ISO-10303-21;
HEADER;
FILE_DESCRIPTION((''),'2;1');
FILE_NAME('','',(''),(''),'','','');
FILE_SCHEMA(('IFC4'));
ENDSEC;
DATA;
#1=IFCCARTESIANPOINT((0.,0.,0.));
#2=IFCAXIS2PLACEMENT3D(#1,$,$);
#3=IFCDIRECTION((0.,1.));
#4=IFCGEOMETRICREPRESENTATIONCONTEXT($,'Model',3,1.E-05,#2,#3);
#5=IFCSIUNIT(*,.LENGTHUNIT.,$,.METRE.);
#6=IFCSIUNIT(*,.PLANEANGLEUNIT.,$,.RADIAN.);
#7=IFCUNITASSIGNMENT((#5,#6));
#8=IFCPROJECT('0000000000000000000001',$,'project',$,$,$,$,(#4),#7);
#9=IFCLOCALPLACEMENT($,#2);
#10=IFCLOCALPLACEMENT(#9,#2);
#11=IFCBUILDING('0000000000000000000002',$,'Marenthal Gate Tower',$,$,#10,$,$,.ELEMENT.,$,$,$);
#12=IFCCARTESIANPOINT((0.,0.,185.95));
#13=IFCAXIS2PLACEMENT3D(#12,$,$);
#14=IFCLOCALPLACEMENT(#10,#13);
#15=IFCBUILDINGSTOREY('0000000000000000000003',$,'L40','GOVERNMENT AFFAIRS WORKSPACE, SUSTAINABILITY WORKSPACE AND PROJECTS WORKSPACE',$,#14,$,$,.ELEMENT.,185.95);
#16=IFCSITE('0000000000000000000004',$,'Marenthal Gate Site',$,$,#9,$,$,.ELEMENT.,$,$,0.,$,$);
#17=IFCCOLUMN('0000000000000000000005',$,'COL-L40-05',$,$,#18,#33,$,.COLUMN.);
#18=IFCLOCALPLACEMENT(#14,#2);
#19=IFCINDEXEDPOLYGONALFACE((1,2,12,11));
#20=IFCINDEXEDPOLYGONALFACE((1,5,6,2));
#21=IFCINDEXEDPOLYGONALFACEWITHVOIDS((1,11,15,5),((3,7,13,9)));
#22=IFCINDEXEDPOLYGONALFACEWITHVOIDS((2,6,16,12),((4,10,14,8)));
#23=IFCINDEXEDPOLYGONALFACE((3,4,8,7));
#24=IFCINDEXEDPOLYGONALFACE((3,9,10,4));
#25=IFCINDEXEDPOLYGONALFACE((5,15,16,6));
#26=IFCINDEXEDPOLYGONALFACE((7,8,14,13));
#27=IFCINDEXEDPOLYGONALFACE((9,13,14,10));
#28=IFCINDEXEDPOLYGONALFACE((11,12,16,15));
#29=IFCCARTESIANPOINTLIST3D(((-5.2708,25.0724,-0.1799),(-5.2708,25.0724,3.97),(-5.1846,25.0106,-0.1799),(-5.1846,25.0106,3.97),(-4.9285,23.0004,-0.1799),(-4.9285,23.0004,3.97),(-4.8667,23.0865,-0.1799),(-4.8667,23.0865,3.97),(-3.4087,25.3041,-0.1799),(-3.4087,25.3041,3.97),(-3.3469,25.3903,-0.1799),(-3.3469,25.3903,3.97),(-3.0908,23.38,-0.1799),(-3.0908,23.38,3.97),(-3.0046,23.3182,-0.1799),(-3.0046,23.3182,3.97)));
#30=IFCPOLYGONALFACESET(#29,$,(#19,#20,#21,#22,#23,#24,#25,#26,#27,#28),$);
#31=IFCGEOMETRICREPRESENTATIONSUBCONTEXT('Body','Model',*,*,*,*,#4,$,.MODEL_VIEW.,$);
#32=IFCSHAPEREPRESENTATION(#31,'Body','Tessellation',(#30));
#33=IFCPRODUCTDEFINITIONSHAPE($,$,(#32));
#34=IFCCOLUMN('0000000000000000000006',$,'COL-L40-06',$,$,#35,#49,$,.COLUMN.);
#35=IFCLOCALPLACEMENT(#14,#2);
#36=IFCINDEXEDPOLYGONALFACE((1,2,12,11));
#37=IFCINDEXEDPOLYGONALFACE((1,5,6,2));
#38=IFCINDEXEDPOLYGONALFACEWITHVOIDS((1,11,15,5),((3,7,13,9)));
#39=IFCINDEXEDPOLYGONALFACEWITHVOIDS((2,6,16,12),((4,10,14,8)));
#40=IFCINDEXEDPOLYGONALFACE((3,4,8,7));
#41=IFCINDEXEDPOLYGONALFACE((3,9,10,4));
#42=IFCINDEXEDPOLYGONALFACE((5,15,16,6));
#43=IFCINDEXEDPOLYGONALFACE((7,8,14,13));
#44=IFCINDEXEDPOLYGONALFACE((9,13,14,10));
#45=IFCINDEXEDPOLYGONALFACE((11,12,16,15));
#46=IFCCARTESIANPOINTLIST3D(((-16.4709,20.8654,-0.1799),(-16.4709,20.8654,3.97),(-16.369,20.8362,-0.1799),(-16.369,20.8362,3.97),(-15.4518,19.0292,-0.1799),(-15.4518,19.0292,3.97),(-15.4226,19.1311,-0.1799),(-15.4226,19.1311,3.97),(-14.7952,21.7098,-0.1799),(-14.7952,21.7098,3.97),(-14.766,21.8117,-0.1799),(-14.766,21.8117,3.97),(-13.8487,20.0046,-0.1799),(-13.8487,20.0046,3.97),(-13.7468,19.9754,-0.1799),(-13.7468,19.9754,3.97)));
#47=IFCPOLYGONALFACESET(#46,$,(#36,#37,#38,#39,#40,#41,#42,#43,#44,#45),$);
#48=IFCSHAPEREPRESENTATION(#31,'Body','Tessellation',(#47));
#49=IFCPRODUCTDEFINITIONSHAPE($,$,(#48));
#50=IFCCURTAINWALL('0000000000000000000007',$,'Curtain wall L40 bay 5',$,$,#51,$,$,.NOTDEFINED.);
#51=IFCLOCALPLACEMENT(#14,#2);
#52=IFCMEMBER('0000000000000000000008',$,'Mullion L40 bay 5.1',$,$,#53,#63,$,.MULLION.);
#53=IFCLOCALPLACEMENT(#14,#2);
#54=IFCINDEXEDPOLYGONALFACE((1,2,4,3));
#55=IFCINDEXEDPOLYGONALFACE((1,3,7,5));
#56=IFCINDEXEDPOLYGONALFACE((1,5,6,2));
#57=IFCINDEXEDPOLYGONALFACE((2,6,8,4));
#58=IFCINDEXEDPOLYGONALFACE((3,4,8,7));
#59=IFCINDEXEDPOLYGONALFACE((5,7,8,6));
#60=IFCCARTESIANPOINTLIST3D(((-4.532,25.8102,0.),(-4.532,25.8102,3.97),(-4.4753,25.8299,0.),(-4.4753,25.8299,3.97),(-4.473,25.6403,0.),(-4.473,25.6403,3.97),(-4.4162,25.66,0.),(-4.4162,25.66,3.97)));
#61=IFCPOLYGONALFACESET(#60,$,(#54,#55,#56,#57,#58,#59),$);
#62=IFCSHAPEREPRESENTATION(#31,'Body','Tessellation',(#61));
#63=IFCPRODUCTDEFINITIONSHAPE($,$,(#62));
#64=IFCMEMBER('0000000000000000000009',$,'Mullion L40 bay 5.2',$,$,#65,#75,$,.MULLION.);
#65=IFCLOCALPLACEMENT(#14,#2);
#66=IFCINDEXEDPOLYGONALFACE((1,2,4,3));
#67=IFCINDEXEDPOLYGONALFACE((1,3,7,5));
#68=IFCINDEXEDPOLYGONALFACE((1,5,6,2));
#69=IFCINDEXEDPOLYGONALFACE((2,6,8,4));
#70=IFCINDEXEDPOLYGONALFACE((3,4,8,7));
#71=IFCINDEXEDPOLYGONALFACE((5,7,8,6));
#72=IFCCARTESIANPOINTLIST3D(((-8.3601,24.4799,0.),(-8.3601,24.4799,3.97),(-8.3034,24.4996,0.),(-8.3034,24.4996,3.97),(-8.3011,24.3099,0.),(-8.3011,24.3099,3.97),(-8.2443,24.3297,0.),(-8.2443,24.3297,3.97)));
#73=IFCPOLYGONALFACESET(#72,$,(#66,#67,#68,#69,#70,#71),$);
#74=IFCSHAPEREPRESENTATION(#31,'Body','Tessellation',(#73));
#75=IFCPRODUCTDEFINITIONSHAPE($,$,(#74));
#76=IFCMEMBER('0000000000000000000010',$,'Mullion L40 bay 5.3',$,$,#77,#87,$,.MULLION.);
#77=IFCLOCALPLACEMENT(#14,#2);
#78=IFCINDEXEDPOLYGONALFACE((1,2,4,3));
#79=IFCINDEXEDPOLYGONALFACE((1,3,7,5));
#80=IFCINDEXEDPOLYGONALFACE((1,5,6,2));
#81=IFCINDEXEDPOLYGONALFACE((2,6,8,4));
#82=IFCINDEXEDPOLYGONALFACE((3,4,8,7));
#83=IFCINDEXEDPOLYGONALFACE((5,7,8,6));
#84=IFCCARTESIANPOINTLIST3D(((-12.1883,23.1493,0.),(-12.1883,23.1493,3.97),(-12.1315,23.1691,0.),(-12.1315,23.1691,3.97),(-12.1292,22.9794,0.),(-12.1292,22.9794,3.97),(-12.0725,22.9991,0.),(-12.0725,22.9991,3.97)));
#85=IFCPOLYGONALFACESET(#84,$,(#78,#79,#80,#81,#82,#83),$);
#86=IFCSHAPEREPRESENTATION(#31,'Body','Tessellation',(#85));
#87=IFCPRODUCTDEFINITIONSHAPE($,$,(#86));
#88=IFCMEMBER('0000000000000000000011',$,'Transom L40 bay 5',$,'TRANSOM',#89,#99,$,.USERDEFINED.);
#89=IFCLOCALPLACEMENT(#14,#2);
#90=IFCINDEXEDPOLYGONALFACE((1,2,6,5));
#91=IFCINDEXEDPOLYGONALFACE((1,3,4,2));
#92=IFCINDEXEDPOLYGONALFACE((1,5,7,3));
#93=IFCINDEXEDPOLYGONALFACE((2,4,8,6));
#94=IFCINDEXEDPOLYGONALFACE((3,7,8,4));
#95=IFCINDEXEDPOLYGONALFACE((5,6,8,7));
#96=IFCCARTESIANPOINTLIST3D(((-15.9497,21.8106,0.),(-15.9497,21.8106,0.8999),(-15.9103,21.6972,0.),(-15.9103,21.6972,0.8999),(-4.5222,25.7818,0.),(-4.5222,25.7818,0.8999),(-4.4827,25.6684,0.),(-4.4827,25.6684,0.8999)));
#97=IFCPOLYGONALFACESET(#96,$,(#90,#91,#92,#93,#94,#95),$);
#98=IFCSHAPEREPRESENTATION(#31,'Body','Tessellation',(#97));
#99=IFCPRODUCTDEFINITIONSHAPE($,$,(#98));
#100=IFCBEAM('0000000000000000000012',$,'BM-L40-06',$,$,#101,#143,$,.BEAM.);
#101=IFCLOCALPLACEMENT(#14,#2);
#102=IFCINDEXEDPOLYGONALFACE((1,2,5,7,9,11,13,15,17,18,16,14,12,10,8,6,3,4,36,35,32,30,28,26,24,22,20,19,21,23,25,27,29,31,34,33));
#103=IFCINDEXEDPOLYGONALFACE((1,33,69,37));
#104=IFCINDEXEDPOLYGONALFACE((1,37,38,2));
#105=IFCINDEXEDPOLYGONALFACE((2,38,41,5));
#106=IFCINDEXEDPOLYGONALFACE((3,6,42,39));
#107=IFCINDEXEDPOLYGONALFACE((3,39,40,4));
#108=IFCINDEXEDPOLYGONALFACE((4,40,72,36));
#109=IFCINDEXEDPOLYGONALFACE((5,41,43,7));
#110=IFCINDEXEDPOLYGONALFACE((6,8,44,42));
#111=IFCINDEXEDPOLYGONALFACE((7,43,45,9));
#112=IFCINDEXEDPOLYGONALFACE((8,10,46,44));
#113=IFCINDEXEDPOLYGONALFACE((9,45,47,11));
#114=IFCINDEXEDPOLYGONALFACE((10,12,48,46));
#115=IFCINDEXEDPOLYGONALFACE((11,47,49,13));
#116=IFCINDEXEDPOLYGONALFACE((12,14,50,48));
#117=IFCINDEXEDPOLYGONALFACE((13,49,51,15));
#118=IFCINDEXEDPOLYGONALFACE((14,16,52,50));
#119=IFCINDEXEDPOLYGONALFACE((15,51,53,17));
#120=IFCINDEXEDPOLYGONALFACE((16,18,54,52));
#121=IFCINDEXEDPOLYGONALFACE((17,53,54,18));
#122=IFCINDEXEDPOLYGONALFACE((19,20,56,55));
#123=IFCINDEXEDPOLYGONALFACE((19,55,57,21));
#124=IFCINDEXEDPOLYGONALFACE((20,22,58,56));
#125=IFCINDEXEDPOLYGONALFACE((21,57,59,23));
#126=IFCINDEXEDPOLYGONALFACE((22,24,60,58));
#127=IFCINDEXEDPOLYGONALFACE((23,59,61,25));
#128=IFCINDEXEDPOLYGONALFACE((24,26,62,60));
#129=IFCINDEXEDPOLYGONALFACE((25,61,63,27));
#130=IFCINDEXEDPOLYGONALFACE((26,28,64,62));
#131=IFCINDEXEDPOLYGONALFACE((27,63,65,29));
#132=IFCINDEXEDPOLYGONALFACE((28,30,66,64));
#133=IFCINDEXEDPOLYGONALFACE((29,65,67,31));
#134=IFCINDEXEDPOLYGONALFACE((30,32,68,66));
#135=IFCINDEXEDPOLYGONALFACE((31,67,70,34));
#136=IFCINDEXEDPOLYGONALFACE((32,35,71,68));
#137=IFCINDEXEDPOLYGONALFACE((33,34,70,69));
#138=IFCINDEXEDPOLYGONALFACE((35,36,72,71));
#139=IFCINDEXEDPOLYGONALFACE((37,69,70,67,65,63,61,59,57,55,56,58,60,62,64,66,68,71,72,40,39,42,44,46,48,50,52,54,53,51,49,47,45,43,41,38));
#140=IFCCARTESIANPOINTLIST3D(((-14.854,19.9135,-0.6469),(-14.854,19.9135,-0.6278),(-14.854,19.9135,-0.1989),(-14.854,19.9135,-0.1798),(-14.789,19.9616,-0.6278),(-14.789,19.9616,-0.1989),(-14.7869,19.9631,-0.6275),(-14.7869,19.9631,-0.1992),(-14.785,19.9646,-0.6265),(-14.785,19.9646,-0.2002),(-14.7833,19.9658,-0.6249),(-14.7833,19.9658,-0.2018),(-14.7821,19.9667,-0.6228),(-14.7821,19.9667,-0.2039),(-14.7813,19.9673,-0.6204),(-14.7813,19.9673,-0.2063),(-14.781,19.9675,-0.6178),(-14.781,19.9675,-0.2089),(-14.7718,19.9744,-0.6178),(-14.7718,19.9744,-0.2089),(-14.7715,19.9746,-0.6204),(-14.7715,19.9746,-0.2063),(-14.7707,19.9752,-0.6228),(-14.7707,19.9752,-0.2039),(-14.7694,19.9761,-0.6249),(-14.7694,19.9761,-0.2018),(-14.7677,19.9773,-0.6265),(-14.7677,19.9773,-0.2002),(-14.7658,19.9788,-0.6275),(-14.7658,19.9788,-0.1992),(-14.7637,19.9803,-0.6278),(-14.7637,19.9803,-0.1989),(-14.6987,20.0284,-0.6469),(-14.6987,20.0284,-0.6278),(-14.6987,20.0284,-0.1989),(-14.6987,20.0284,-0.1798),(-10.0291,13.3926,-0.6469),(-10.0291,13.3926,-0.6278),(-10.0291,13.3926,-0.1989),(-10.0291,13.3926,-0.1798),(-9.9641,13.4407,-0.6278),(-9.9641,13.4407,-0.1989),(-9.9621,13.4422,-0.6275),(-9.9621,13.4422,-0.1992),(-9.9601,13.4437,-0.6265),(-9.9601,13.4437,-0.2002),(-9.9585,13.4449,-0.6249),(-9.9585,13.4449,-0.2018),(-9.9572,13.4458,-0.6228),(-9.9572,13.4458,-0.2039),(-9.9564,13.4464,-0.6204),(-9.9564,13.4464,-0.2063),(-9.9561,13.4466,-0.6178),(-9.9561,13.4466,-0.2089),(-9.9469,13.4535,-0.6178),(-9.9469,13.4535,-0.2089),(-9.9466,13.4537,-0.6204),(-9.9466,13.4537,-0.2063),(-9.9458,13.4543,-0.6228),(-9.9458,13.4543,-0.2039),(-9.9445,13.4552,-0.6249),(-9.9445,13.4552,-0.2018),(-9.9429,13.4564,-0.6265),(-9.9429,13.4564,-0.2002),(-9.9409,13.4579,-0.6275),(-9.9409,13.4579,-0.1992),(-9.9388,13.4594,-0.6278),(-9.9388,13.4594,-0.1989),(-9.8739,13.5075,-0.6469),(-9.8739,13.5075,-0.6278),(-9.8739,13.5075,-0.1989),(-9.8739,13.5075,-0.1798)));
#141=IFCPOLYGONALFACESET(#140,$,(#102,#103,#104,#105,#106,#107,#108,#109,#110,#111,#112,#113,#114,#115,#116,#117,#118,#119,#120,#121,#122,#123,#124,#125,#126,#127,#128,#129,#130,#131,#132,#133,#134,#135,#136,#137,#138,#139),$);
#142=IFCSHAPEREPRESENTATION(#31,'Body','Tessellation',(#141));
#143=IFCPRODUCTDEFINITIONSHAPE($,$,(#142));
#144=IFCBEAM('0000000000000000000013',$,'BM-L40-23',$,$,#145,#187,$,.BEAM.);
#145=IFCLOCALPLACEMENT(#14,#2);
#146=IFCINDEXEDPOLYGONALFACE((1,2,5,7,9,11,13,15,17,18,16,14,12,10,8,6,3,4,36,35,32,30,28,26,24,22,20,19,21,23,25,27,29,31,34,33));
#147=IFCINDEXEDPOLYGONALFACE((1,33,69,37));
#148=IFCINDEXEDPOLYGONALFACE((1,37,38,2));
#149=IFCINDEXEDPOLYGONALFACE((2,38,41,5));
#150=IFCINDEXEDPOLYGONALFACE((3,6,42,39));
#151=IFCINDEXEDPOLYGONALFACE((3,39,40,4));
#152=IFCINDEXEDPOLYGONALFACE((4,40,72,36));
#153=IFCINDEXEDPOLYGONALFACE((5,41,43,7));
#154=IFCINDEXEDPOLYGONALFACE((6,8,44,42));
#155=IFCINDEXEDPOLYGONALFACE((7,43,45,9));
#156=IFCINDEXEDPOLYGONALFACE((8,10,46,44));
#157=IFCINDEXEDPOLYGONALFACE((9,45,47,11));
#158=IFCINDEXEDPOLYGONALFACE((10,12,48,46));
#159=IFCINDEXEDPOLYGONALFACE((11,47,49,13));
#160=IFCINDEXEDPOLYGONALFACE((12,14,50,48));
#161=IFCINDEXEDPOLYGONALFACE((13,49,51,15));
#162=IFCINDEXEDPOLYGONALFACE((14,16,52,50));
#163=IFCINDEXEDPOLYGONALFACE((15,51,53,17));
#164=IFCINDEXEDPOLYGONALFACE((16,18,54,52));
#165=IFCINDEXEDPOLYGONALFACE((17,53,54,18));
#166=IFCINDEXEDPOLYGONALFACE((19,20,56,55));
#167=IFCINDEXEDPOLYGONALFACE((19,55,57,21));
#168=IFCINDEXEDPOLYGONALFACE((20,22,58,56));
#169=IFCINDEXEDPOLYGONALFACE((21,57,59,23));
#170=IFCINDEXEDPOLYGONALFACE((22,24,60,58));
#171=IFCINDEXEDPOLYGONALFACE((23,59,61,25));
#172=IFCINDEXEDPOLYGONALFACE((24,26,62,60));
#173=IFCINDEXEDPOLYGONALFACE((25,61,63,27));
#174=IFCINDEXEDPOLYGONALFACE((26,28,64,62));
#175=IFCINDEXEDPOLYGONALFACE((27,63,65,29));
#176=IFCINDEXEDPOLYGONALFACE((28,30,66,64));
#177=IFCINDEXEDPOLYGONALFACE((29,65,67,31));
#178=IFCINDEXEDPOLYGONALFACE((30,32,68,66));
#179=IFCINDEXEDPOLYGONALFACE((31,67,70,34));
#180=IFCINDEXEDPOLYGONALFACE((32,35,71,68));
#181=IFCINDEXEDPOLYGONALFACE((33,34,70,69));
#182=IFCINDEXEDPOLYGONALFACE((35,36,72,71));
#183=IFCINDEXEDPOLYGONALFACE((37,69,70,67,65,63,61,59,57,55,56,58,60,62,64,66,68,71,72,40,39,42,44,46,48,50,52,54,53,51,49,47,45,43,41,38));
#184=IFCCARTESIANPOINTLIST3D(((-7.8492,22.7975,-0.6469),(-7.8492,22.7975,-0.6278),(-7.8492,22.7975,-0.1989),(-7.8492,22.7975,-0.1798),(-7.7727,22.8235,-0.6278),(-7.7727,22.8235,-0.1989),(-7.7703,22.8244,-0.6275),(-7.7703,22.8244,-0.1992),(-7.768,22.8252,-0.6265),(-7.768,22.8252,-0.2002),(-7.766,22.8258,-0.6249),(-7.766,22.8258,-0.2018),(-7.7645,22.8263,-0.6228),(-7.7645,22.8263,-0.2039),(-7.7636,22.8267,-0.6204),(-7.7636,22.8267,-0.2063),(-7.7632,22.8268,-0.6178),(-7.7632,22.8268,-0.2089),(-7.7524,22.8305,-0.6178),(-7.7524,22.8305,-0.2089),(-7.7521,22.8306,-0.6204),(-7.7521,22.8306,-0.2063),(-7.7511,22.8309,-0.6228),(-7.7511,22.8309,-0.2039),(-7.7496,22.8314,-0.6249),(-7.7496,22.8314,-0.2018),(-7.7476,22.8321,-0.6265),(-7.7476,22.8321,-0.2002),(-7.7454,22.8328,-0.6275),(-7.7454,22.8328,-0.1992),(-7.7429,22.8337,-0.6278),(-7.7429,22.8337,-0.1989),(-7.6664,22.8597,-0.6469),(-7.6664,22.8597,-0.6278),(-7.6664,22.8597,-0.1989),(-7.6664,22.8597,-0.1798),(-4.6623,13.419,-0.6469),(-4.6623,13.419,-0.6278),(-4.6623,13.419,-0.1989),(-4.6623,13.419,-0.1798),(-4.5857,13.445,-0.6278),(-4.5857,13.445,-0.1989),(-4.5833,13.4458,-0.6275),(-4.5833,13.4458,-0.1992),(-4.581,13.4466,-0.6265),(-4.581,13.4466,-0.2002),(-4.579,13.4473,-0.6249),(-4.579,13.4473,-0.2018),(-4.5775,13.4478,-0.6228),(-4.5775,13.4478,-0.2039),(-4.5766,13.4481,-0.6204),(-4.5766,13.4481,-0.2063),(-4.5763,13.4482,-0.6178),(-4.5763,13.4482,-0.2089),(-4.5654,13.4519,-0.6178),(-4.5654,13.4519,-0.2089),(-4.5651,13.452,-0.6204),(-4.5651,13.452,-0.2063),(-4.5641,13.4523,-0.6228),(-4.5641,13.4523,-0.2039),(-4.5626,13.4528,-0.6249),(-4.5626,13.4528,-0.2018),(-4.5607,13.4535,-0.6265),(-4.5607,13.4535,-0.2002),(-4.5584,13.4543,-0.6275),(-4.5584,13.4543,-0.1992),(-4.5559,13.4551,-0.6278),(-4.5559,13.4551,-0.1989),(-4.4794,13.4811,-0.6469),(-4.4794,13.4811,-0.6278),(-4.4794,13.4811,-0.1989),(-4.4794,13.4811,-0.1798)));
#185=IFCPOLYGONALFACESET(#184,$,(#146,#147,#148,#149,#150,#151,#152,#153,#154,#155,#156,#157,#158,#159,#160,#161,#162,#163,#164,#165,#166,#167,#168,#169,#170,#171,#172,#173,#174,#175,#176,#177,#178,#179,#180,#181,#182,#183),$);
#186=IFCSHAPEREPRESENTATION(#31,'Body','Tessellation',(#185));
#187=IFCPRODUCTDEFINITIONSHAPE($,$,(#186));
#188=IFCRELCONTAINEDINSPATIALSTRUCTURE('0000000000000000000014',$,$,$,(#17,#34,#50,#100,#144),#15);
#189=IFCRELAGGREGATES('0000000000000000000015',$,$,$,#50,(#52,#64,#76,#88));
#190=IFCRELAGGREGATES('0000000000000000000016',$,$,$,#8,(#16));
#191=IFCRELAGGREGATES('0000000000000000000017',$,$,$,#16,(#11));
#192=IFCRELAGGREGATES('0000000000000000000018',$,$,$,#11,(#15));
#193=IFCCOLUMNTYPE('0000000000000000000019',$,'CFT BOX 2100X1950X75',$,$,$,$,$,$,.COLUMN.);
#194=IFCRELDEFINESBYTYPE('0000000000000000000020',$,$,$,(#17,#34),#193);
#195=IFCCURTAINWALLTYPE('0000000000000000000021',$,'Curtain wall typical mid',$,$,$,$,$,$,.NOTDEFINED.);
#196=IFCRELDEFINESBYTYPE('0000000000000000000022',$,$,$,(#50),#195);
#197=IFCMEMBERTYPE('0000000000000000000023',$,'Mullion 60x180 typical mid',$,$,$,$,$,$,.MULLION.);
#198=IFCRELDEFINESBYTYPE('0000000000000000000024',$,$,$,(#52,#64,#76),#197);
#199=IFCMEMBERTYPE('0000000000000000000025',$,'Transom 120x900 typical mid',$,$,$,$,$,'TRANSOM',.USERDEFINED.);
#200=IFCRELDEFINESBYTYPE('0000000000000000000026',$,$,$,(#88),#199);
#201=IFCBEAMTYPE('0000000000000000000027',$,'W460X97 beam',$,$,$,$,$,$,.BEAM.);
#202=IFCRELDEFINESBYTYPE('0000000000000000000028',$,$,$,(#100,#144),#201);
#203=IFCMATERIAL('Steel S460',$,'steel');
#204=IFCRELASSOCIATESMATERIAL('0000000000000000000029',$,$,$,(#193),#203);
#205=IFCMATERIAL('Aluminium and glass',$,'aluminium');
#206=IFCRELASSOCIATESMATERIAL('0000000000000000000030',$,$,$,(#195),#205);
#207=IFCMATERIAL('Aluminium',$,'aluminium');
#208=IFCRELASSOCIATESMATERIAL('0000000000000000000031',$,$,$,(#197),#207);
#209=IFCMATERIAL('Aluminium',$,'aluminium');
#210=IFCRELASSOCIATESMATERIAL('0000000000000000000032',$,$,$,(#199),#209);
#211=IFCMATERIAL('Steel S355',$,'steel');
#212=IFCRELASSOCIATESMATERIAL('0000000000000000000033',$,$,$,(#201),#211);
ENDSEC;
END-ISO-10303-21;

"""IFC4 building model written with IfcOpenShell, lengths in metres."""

from ifc_helpers import new_model, si_unit, direction, frame, origin, origin_2d, place, context, subcontext, project, spatial, rectangle, hollow_rectangle, i_section, extrude, material, material_profile, profile_set, type_object, element, aggregate, save


model = new_model("IFC4")

# Units and contexts
model_context = context("Model", 3, precision=1e-05, world=origin(), true_north=direction((0.0, 1.0)))
body_context = subcontext(model_context, "Body", "Model", "MODEL_VIEW")
ifc_project = project(units=[si_unit("LENGTHUNIT", "METRE"), si_unit("PLANEANGLEUNIT", "RADIAN")], contexts=[model_context])

# Site, building, storey
site_placement = place(None, origin())
site = spatial("IfcSite", under=ifc_project, at=site_placement, Name="Marenthal Gate Site", CompositionType="ELEMENT", RefElevation=0.0)
building_placement = place(site_placement, origin())
building = spatial("IfcBuilding", under=site, at=building_placement, Name="Marenthal Gate Tower", CompositionType="ELEMENT")
storey_placement = place(building_placement, frame((0.0, 0.0, 185.95)))
storey = spatial("IfcBuildingStorey", under=building, at=storey_placement, Name="L40", Description="GOVERNMENT AFFAIRS WORKSPACE, SUSTAINABILITY WORKSPACE AND PROJECTS WORKSPACE", CompositionType="ELEMENT", Elevation=185.95)

# Columns
ifc_material_1 = material(Name="Steel S460", Category="steel")
ifc_material_profile_1 = material_profile(ifc_material_1, hollow_rectangle(XDim=1.95, YDim=2.1001, WallThickness=0.075, at=origin_2d()), Name="CFT BOX 2100X1950X75")
ifc_material_2 = material(Name="Concrete 70 MPa", Category="concrete")
ifc_material_profile_2 = material_profile(ifc_material_2, rectangle(XDim=1.8, YDim=1.95, at=origin_2d()), Name="CFT BOX 2100X1950X75 INFILL")
ifc_profile_set_1 = profile_set([ifc_material_profile_1, ifc_material_profile_2], Name="Steel S460 shell, Concrete 70 MPa infill")
column_type = type_object("IfcColumnType", Name="CFT BOX 2100X1950X75", PredefinedType="COLUMN", material=ifc_profile_set_1)
for number, where, z_axis, x_axis, name in (
    (1, (-4.1377, 24.1953, -0.1799), (0.0, 0.0, 1.0), (0.986623, 0.163018, 0.0), "COL-L40-05"),
    (2, (-15.1089, 20.4204, -0.1799), (0.0, 0.0, 1.0), (0.874354, 0.485289, 0.0), "COL-L40-06"),
):
    element("IfcColumn", number, at=place(storey_placement, frame(where, z_axis=z_axis, x_axis=x_axis)), inside=storey, type_object=column_type, Name=name, PredefinedType="COLUMN", context=body_context, shape_type="SweptSolid", body=[
        extrude(hollow_rectangle(XDim=1.95, YDim=2.1001, WallThickness=0.075, at=origin_2d()), origin(), (0.0, 0.0, 1.0), 4.1499),
    ])

# Curtain wall, members
ifc_material_3 = material(Name="Aluminium and glass", Category="aluminium")
curtain_wall_type = type_object("IfcCurtainWallType", Name="Curtain wall typical mid", PredefinedType="NOTDEFINED", material=ifc_material_3)
curtain_wall_placement = place(storey_placement, origin())
curtain_wall = element("IfcCurtainWall", 3, at=curtain_wall_placement, inside=storey, type_object=curtain_wall_type, Name="Curtain wall L40 bay 5", PredefinedType="NOTDEFINED")
ifc_material_4 = material(Name="Aluminium", Category="aluminium")
ifc_material_profile_3 = material_profile(ifc_material_4, rectangle(XDim=0.1799, YDim=0.0601, at=origin_2d()), Name="60x180 aluminium mullion")
ifc_profile_set_2 = profile_set([ifc_material_profile_3], Name="Aluminium")
member_type_1 = type_object("IfcMemberType", Name="Mullion 60x180 typical mid", PredefinedType="MULLION", material=ifc_profile_set_2)
member_1_placement = place(storey_placement, frame((-4.4741, 25.7351, 0.0), z_axis=(0.0, 0.0, 1.0), x_axis=(0.328273, -0.944583, 0.0)))
member_1 = element("IfcMember", 4, at=member_1_placement, type_object=member_type_1, Name="Mullion L40 bay 5.1", PredefinedType="MULLION", context=body_context, shape_type="SweptSolid", body=[
    extrude(rectangle(XDim=0.1799, YDim=0.0601, at=origin_2d()), origin(), (0.0, 0.0, 1.0), 3.97),
])
member_2_placement = place(storey_placement, frame((-8.3022, 24.4048, 0.0), z_axis=(0.0, 0.0, 1.0), x_axis=(0.328273, -0.944583, 0.0)))
member_2 = element("IfcMember", 5, at=member_2_placement, type_object=member_type_1, Name="Mullion L40 bay 5.2", PredefinedType="MULLION", context=body_context, shape_type="SweptSolid", body=[
    extrude(rectangle(XDim=0.1799, YDim=0.0601, at=origin_2d()), origin(), (0.0, 0.0, 1.0), 3.97),
])
member_3_placement = place(storey_placement, frame((-12.1304, 23.0742, 0.0), z_axis=(0.0, 0.0, 1.0), x_axis=(0.328273, -0.944583, 0.0)))
member_3 = element("IfcMember", 6, at=member_3_placement, type_object=member_type_1, Name="Mullion L40 bay 5.3", PredefinedType="MULLION", context=body_context, shape_type="SweptSolid", body=[
    extrude(rectangle(XDim=0.1799, YDim=0.0601, at=origin_2d()), origin(), (0.0, 0.0, 1.0), 3.97),
])
ifc_material_5 = material(Name="Aluminium", Category="aluminium")
ifc_material_profile_4 = material_profile(ifc_material_5, rectangle(XDim=0.1201, YDim=0.8999, at=origin_2d()), Name="120x900 aluminium transom")
ifc_profile_set_3 = profile_set([ifc_material_profile_4], Name="Aluminium")
member_type_2 = type_object("IfcMemberType", Name="Transom 120x900 typical mid", ElementType="TRANSOM", PredefinedType="USERDEFINED", material=ifc_profile_set_3)
member_4_placement = place(storey_placement, frame((-4.5024, 25.7251, 0.45), z_axis=(-0.944589, -0.328256, 0.0), x_axis=(0.328256, -0.944589, 0.0)))
member_4 = element("IfcMember", 7, at=member_4_placement, type_object=member_type_2, Name="Transom L40 bay 5", ObjectType="TRANSOM", PredefinedType="USERDEFINED", context=body_context, shape_type="SweptSolid", body=[
    extrude(rectangle(XDim=0.1201, YDim=0.8999, at=origin_2d()), origin(), (0.0, 0.0, 1.0), 12.0979),
])

# Beams
ifc_material_6 = material(Name="Steel S355", Category="steel")
ifc_material_profile_5 = material_profile(ifc_material_6, i_section(OverallWidth=0.1931, OverallDepth=0.467, WebThickness=0.0115, FlangeThickness=0.019, FilletRadius=0.01, at=origin_2d()), Name="W460X97")
ifc_profile_set_4 = profile_set([ifc_material_profile_5], Name="Steel S355")
beam_type_1 = type_object("IfcBeamType", Name="W460X97 beam", PredefinedType="BEAM", material=ifc_profile_set_4)
beam_1_placement = place(storey_placement, frame((-14.7764, 19.9709, -0.4133), z_axis=(0.594796, -0.803876, 0.0), x_axis=(0.803876, 0.594796, 0.0)))
element("IfcBeam", 8, at=beam_1_placement, inside=storey, type_object=beam_type_1, Name="BM-L40-06", PredefinedType="BEAM", context=body_context, shape_type="SweptSolid", body=[
    extrude(i_section(OverallWidth=0.1931, OverallDepth=0.467, WebThickness=0.0115, FlangeThickness=0.019, FilletRadius=0.01, at=origin_2d()), origin(), (0.0, 0.0, 1.0), 8.1118),
])
beam_2_placement = place(storey_placement, frame((-7.7578, 22.8286, -0.4133), z_axis=(0.321746, -0.946826, 0.0), x_axis=(0.946826, 0.321746, 0.0)))
element("IfcBeam", 9, at=beam_2_placement, inside=storey, type_object=beam_type_1, Name="BM-L40-23", PredefinedType="BEAM", context=body_context, shape_type="SweptSolid", body=[
    extrude(i_section(OverallWidth=0.1931, OverallDepth=0.467, WebThickness=0.0115, FlangeThickness=0.019, FilletRadius=0.01, at=origin_2d()), origin(), (0.0, 0.0, 1.0), 9.9053),
])

aggregate(curtain_wall, [member_1, member_2, member_3, member_4])

save(model, "model.ifc")
